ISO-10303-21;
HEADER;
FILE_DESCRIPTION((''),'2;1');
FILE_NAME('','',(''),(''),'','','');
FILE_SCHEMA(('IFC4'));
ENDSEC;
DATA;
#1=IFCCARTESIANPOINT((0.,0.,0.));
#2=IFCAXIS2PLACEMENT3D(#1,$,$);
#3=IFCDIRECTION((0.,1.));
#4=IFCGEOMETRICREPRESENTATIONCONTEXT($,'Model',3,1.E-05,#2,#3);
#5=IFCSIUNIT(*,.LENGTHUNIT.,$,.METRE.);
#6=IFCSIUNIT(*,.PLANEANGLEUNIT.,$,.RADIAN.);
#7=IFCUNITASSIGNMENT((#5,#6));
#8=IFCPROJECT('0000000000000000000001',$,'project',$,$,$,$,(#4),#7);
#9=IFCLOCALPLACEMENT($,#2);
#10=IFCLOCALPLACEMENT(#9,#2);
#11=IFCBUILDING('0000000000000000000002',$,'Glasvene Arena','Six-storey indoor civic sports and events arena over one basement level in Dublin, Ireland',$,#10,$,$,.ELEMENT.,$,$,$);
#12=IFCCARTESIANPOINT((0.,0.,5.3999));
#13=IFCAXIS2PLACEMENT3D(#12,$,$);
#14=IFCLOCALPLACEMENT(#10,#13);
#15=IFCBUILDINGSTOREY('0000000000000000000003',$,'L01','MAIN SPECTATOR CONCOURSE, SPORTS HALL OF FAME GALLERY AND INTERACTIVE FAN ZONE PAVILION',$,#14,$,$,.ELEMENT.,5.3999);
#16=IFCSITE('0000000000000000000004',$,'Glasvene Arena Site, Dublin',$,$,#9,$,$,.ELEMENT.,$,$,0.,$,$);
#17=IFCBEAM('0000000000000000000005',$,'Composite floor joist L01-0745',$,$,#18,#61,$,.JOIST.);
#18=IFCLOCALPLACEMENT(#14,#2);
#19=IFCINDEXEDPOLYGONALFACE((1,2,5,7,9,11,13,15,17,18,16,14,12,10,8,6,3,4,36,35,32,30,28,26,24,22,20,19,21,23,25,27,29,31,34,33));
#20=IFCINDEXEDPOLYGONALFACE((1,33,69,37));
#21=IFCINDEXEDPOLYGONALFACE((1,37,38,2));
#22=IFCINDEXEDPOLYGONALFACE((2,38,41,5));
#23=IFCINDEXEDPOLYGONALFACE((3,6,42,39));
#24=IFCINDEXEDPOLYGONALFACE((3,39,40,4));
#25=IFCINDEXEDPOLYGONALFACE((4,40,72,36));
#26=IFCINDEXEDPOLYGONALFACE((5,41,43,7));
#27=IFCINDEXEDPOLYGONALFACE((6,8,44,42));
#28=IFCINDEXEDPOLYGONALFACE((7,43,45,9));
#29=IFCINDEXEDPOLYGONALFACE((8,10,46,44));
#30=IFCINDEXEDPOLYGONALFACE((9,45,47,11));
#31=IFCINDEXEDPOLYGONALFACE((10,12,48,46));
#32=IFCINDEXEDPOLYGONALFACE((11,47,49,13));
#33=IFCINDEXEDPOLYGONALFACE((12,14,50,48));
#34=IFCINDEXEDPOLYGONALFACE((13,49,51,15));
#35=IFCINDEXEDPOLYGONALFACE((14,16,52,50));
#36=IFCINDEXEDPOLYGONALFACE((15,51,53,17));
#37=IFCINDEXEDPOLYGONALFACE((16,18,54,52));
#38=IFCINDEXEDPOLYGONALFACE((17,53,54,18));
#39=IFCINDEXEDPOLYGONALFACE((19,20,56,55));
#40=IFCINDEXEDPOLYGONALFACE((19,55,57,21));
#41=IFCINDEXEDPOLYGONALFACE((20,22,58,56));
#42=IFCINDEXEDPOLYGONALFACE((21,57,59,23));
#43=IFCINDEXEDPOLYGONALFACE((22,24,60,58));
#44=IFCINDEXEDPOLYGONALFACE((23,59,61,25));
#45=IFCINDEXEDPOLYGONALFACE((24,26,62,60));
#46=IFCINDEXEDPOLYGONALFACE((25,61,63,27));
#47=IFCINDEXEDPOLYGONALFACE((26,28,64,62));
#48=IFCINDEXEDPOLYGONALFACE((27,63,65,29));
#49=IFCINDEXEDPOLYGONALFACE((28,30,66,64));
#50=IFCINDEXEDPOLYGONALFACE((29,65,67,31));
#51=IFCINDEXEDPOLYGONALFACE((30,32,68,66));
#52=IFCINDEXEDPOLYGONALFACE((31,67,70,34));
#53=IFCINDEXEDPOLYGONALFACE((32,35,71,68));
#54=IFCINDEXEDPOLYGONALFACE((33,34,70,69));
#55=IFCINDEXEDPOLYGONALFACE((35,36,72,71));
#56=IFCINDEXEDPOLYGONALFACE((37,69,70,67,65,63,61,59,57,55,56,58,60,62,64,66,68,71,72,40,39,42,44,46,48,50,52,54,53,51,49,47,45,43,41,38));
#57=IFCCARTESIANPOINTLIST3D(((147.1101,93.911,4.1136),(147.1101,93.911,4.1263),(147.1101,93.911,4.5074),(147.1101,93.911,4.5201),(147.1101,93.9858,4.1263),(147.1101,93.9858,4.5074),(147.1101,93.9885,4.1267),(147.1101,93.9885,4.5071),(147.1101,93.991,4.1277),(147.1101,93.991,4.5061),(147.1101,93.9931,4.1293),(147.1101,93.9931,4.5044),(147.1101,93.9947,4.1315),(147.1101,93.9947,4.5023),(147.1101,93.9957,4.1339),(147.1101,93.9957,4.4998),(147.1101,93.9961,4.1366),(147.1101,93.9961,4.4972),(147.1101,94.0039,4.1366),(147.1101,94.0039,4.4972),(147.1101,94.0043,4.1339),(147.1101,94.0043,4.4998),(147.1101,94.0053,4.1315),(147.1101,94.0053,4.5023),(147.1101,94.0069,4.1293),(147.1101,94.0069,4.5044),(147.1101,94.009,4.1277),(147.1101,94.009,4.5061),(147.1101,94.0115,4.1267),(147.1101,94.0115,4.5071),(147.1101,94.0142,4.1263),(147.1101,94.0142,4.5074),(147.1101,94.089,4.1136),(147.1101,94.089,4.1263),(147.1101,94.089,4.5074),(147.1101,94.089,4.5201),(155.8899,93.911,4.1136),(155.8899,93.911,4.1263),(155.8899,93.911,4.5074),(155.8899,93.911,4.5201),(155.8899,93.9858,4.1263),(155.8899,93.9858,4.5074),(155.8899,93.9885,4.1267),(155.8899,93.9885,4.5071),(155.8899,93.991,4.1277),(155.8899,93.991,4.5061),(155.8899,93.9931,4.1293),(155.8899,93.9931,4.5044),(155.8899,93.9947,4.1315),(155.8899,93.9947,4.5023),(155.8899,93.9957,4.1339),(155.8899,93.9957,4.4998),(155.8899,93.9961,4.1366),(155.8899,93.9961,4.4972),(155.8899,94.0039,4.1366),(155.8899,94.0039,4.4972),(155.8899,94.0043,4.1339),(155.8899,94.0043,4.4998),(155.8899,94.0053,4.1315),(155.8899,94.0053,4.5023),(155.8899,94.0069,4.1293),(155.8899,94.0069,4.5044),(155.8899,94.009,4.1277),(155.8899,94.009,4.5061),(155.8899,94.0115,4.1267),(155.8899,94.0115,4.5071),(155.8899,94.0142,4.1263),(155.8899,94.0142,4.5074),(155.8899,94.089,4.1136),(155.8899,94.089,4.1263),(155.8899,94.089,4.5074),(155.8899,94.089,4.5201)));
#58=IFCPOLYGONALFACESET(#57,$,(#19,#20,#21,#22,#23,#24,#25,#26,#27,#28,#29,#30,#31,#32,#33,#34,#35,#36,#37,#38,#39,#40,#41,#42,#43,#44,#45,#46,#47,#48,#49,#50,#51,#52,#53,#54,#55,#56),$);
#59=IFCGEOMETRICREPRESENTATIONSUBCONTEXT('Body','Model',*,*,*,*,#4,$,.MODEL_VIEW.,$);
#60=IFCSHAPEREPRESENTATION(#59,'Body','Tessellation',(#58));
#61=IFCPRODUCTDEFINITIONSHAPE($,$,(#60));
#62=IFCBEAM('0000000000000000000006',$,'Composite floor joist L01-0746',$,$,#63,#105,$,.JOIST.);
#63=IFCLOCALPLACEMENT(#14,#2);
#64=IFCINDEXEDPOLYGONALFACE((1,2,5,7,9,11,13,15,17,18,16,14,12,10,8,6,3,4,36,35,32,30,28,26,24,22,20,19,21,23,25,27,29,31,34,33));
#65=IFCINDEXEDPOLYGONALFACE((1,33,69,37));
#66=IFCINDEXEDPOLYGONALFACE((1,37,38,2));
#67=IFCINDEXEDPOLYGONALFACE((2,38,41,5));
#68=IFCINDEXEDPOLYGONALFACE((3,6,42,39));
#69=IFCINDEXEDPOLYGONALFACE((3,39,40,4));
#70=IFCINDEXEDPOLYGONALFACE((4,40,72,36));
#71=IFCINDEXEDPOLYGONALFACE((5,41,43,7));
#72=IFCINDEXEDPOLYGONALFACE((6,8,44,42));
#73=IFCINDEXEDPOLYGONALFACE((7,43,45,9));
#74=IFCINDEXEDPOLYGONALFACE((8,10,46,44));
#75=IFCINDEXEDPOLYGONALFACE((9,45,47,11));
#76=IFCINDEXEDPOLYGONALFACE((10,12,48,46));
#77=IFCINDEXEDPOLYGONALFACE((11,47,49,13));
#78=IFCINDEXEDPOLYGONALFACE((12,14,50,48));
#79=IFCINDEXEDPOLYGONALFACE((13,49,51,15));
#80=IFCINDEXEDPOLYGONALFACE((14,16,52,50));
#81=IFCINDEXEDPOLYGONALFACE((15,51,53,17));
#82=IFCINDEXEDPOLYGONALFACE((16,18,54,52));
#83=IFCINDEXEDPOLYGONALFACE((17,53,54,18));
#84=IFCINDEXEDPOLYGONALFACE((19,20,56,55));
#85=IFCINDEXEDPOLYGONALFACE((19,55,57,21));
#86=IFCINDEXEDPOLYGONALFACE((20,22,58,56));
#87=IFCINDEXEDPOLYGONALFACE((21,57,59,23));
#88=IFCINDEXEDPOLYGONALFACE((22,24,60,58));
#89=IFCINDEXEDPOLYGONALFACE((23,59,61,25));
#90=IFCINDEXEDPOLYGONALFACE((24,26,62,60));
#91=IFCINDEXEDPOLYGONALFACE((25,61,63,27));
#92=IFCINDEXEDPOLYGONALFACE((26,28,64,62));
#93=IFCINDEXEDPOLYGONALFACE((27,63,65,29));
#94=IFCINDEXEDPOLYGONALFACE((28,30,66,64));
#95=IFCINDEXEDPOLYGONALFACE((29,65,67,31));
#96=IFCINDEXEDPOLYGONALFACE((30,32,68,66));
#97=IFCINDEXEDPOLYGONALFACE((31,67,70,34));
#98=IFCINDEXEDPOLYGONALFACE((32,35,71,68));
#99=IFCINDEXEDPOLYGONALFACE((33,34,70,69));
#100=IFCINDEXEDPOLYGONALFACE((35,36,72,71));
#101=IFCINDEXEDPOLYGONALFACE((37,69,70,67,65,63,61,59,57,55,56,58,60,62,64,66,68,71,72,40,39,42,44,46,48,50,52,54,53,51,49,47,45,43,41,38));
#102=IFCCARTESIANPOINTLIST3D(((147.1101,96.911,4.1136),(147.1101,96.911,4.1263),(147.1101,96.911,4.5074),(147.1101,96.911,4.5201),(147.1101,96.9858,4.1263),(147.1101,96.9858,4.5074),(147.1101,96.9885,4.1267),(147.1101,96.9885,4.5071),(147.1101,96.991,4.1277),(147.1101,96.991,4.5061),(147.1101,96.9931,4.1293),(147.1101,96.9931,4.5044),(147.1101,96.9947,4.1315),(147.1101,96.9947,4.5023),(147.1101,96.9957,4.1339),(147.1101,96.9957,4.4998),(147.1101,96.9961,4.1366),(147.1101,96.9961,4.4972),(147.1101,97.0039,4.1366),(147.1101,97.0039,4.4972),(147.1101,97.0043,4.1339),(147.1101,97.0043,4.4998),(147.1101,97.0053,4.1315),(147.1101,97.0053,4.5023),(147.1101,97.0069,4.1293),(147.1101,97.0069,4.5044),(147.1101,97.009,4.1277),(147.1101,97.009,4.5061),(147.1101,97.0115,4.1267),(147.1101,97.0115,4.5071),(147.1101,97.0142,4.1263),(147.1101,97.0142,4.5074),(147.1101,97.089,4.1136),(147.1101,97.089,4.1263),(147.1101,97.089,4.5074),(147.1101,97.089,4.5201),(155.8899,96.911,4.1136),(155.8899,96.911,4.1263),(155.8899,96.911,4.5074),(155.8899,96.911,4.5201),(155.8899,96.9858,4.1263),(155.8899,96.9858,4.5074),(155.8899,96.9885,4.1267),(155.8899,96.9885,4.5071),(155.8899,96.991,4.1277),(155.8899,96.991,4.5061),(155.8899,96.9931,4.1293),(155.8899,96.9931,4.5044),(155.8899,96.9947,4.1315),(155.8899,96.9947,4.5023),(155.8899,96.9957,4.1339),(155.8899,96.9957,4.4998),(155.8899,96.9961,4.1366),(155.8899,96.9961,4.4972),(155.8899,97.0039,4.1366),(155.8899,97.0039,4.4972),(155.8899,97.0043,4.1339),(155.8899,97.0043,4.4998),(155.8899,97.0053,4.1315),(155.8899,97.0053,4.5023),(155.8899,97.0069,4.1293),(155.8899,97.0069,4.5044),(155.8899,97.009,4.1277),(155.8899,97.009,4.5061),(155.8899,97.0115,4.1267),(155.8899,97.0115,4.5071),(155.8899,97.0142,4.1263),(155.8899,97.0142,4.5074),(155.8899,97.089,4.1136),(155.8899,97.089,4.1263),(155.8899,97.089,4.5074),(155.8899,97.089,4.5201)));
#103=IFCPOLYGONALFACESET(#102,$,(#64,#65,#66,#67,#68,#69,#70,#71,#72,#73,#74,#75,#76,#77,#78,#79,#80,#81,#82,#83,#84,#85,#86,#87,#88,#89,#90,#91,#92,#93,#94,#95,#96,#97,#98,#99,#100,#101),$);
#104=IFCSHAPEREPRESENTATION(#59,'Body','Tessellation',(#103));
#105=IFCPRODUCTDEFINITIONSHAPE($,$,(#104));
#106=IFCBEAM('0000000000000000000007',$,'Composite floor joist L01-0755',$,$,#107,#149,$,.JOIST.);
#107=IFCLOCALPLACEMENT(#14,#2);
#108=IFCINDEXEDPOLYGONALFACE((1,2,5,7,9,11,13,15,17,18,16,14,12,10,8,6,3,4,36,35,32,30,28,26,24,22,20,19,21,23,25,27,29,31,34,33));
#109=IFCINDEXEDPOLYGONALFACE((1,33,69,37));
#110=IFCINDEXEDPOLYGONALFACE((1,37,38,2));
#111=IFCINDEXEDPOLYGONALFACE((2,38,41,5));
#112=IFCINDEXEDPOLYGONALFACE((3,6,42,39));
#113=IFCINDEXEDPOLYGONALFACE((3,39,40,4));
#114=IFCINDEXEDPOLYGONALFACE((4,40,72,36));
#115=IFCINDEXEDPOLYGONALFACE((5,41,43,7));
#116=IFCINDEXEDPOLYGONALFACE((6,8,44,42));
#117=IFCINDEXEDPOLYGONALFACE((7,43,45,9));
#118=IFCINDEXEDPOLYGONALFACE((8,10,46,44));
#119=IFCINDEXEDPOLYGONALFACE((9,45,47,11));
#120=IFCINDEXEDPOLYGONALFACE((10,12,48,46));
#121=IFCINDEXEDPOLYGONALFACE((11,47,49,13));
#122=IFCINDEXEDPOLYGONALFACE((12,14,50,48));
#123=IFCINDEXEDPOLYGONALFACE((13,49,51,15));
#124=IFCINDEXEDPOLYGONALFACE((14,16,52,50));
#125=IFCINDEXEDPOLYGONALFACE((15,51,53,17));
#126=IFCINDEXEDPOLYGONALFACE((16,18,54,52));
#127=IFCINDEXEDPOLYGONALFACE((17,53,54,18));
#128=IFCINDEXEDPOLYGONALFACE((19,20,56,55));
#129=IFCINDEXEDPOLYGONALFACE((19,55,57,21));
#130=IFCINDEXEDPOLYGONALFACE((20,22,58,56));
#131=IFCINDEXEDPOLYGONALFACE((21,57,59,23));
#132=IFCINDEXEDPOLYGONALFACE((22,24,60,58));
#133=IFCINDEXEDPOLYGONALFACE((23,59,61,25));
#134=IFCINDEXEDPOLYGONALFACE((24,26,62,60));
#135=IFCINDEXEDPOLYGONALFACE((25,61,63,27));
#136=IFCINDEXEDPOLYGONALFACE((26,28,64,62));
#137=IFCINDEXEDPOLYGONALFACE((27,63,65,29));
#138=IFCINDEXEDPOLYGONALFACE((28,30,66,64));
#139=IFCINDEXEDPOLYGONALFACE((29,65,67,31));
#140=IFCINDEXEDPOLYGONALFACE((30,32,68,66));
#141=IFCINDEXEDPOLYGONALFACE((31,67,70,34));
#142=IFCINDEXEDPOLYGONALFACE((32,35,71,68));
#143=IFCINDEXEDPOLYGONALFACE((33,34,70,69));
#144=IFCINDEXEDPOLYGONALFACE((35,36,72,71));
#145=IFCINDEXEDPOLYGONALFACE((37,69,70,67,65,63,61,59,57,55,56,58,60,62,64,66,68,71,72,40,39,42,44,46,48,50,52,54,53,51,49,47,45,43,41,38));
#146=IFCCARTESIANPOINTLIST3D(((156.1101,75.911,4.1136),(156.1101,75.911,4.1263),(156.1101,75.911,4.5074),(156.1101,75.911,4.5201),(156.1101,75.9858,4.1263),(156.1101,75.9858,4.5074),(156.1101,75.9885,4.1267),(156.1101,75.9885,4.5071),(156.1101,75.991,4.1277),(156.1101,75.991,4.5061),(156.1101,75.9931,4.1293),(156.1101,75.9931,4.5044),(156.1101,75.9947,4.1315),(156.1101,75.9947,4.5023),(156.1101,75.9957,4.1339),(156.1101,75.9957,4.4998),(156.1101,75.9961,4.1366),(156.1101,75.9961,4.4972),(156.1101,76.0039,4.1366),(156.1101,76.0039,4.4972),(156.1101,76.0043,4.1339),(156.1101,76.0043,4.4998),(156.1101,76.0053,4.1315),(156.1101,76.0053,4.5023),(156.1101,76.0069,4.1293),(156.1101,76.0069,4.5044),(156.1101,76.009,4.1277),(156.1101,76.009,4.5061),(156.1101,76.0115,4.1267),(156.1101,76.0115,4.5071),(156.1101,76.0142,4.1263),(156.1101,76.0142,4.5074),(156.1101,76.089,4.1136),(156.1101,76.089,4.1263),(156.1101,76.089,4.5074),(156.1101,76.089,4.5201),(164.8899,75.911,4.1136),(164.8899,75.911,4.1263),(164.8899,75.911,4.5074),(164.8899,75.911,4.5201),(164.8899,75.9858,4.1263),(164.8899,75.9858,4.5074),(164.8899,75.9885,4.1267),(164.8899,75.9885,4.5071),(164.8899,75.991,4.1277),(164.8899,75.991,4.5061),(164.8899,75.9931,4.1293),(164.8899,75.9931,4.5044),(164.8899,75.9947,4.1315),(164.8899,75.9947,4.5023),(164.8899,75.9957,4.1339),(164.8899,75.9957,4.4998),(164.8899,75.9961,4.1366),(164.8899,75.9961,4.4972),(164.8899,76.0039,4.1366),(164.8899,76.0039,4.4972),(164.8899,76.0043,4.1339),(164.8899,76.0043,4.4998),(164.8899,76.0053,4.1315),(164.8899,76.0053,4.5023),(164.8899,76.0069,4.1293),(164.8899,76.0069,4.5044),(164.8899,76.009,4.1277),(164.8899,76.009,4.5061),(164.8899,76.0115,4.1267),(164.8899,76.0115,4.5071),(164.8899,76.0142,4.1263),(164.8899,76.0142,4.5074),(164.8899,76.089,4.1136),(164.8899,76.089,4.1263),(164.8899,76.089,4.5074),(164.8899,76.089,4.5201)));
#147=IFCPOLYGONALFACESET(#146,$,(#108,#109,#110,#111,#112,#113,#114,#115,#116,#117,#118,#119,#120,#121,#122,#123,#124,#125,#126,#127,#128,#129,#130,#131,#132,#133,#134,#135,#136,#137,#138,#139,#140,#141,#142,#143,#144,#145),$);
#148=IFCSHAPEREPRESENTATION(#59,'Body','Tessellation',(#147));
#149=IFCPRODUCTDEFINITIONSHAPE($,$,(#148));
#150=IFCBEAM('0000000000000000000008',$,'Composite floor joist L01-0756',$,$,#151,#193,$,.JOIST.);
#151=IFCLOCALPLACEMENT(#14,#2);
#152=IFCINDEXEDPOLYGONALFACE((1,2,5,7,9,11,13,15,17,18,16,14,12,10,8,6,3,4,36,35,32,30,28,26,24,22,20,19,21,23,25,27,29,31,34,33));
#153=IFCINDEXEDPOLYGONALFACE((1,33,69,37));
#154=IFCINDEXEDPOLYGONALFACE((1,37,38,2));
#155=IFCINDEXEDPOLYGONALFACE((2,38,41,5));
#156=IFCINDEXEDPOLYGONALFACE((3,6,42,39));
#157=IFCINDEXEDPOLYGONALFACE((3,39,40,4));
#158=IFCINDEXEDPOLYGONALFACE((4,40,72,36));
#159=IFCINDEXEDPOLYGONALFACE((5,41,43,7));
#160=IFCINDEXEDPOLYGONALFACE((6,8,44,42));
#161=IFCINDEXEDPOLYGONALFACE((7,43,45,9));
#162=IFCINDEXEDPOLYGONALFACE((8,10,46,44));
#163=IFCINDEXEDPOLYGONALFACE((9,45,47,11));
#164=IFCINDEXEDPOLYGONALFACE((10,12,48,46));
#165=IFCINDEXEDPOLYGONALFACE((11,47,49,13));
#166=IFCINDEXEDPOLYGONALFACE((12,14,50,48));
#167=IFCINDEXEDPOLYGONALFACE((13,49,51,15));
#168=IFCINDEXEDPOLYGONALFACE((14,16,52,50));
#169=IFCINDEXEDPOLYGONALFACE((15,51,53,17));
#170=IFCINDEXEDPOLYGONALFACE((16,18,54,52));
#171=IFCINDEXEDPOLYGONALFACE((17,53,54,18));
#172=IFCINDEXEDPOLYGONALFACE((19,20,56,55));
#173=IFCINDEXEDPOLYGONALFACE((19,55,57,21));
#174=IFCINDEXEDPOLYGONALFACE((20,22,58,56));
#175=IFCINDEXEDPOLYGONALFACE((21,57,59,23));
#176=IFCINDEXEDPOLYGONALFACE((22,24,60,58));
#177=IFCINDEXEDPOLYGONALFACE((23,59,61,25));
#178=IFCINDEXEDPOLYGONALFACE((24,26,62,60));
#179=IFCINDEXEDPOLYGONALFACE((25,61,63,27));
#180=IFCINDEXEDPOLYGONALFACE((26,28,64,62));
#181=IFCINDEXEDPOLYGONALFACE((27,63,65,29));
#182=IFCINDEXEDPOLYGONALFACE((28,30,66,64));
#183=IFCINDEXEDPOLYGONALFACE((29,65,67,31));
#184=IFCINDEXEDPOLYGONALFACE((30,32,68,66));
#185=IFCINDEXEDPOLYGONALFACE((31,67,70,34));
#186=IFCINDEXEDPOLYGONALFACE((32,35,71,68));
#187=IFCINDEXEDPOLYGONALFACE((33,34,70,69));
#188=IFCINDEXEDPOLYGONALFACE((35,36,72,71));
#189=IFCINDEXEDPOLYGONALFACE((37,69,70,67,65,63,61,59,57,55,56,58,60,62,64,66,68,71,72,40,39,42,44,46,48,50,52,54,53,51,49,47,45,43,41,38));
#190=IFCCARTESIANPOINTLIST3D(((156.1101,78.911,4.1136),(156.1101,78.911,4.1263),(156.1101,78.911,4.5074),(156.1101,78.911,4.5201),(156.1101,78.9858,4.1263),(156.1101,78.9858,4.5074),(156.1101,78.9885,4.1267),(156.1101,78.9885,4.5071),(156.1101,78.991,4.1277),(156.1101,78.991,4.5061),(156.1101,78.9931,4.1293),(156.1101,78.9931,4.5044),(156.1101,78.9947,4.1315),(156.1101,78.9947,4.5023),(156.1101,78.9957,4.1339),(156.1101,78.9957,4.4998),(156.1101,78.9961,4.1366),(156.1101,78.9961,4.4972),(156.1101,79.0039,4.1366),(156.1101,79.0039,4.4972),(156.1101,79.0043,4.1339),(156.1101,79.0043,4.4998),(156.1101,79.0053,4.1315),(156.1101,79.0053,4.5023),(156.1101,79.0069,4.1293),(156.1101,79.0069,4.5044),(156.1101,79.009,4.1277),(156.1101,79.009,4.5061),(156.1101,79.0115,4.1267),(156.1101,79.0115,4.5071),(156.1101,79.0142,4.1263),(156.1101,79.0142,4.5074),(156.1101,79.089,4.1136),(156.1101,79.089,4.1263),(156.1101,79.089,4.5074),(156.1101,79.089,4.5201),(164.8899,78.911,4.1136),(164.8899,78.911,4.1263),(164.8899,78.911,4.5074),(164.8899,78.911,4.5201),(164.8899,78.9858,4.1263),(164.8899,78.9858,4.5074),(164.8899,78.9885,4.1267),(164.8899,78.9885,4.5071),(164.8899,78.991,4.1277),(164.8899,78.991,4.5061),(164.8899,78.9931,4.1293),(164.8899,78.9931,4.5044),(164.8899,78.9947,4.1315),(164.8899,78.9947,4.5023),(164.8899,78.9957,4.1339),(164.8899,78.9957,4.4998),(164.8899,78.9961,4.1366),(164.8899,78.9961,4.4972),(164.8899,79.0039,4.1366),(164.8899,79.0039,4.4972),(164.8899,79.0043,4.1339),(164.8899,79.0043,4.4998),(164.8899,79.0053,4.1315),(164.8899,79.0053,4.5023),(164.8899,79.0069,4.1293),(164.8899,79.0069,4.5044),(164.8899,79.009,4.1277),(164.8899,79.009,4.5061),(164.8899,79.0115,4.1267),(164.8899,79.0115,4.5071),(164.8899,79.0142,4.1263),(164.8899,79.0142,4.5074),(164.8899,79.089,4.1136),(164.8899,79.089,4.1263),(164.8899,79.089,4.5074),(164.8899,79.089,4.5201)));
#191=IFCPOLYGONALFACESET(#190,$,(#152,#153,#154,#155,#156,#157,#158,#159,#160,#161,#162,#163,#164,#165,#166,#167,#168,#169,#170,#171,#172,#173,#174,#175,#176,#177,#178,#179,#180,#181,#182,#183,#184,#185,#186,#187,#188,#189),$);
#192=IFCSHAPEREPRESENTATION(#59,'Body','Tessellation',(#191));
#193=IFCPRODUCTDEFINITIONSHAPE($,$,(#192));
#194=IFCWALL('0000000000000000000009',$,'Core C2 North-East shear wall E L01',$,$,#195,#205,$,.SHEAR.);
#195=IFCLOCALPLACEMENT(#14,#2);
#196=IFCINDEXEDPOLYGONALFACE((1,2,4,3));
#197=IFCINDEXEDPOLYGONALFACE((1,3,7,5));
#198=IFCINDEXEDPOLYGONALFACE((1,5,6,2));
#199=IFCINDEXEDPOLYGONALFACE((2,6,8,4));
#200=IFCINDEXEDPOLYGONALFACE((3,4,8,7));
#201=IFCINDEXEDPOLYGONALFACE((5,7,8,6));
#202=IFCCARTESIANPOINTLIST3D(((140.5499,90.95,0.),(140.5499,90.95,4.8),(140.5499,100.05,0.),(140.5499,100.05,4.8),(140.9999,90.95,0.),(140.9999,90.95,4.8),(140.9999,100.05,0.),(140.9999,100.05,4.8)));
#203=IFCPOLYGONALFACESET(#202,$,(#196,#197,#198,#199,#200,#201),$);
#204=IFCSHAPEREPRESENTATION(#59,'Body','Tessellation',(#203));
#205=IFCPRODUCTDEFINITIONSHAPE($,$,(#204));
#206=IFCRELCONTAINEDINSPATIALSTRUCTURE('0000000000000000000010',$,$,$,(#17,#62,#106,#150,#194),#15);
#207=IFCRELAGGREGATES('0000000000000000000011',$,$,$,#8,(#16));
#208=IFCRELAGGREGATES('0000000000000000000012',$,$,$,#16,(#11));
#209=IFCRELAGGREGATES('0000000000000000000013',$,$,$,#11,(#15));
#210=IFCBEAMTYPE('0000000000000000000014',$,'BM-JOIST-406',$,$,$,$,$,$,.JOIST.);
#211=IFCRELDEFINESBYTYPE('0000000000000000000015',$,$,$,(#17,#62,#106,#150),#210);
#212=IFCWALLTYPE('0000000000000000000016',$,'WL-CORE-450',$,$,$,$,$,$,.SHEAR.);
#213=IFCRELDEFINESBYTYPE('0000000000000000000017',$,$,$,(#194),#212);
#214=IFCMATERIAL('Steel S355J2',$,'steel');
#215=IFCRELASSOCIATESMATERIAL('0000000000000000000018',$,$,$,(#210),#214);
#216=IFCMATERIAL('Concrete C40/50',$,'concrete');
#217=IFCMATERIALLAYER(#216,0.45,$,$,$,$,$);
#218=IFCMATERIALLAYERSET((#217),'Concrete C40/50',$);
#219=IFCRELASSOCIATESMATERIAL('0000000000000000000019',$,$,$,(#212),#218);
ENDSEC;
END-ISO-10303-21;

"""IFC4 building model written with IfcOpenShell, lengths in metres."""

from ifc_helpers import new_model, si_unit, direction, frame, frame_2d, origin, origin_2d, place, context, subcontext, project, spatial, rectangle, i_section, extrude, material, layer, layer_set, material_profile, profile_set, type_object, element, save


model = new_model("IFC4")

# Units and contexts
model_context = context("Model", 3, precision=1e-05, world=origin(), true_north=direction((0.0, 1.0)))
body_context = subcontext(model_context, "Body", "Model", "MODEL_VIEW")
ifc_project = project(units=[si_unit("LENGTHUNIT", "METRE"), si_unit("PLANEANGLEUNIT", "RADIAN")], contexts=[model_context])

# Site, building, storey
site_placement = place(None, origin())
site = spatial("IfcSite", under=ifc_project, at=site_placement, Name="Glasvene Arena Site, Dublin", CompositionType="ELEMENT", RefElevation=0.0)
building_placement = place(site_placement, origin())
building = spatial("IfcBuilding", under=site, at=building_placement, Name="Glasvene Arena", Description="Six-storey indoor civic sports and events arena over one basement level in Dublin, Ireland", CompositionType="ELEMENT")
storey_placement = place(building_placement, frame((0.0, 0.0, 5.3999)))
storey = spatial("IfcBuildingStorey", under=building, at=storey_placement, Name="L01", Description="MAIN SPECTATOR CONCOURSE, SPORTS HALL OF FAME GALLERY AND INTERACTIVE FAN ZONE PAVILION", CompositionType="ELEMENT", Elevation=5.3999)

# Shared definitions
ifc_material_1 = material(Name="Steel S355J2", Category="steel")

# Beams
ifc_material_profile_1 = material_profile(ifc_material_1, i_section(OverallWidth=0.178, OverallDepth=0.4065, WebThickness=0.0078, FlangeThickness=0.0127, FilletRadius=0.0103, at=origin_2d()), Name="UKB 406x178x60")
ifc_profile_set_1 = profile_set([ifc_material_profile_1], Name="Steel S355J2")
beam_type_1 = type_object("IfcBeamType", Name="BM-JOIST-406", PredefinedType="JOIST", material=ifc_profile_set_1)
for number, where, z_axis, x_axis, name in (
    (1, (147.1101, 94.0, 4.3169), (1.0, 0.0, 0.0), (0.0, 1.0, 0.0), "Composite floor joist L01-0745"),
    (2, (147.1101, 97.0, 4.3169), (1.0, 0.0, 0.0), (0.0, 1.0, 0.0), "Composite floor joist L01-0746"),
    (3, (156.1101, 76.0, 4.3169), (1.0, 0.0, 0.0), (0.0, 1.0, 0.0), "Composite floor joist L01-0755"),
    (4, (156.1101, 79.0, 4.3169), (1.0, 0.0, 0.0), (0.0, 1.0, 0.0), "Composite floor joist L01-0756"),
):
    element("IfcBeam", number, at=place(storey_placement, frame(where, z_axis=z_axis, x_axis=x_axis)), inside=storey, type_object=beam_type_1, Name=name, PredefinedType="JOIST", context=body_context, shape_type="SweptSolid", body=[
        extrude(i_section(OverallWidth=0.178, OverallDepth=0.4065, WebThickness=0.0078, FlangeThickness=0.0127, FilletRadius=0.0103, at=origin_2d()), origin(), (0.0, 0.0, 1.0), 8.7798),
    ])

# Wall
ifc_material_2 = material(Name="Concrete C40/50", Category="concrete")
ifc_layer_1 = layer(ifc_material_2, 0.45)
ifc_layer_set_1 = layer_set([ifc_layer_1], Name="Concrete C40/50")
wall_type_1 = type_object("IfcWallType", Name="WL-CORE-450", PredefinedType="SHEAR", material=ifc_layer_set_1)
wall_1_placement = place(storey_placement, frame((140.7749, 90.95, 0.0), z_axis=(0.0, 0.0, 1.0), x_axis=(0.0, 1.0, 0.0)))
element("IfcWall", 5, at=wall_1_placement, inside=storey, type_object=wall_type_1, Name="Core C2 North-East shear wall E L01", PredefinedType="SHEAR", context=body_context, shape_type="SweptSolid", body=[
    extrude(rectangle(XDim=9.1001, YDim=0.45, at=frame_2d((4.55, 0.0))), origin(), (0.0, 0.0, 1.0), 4.8),
])

save(model, "model.ifc")
